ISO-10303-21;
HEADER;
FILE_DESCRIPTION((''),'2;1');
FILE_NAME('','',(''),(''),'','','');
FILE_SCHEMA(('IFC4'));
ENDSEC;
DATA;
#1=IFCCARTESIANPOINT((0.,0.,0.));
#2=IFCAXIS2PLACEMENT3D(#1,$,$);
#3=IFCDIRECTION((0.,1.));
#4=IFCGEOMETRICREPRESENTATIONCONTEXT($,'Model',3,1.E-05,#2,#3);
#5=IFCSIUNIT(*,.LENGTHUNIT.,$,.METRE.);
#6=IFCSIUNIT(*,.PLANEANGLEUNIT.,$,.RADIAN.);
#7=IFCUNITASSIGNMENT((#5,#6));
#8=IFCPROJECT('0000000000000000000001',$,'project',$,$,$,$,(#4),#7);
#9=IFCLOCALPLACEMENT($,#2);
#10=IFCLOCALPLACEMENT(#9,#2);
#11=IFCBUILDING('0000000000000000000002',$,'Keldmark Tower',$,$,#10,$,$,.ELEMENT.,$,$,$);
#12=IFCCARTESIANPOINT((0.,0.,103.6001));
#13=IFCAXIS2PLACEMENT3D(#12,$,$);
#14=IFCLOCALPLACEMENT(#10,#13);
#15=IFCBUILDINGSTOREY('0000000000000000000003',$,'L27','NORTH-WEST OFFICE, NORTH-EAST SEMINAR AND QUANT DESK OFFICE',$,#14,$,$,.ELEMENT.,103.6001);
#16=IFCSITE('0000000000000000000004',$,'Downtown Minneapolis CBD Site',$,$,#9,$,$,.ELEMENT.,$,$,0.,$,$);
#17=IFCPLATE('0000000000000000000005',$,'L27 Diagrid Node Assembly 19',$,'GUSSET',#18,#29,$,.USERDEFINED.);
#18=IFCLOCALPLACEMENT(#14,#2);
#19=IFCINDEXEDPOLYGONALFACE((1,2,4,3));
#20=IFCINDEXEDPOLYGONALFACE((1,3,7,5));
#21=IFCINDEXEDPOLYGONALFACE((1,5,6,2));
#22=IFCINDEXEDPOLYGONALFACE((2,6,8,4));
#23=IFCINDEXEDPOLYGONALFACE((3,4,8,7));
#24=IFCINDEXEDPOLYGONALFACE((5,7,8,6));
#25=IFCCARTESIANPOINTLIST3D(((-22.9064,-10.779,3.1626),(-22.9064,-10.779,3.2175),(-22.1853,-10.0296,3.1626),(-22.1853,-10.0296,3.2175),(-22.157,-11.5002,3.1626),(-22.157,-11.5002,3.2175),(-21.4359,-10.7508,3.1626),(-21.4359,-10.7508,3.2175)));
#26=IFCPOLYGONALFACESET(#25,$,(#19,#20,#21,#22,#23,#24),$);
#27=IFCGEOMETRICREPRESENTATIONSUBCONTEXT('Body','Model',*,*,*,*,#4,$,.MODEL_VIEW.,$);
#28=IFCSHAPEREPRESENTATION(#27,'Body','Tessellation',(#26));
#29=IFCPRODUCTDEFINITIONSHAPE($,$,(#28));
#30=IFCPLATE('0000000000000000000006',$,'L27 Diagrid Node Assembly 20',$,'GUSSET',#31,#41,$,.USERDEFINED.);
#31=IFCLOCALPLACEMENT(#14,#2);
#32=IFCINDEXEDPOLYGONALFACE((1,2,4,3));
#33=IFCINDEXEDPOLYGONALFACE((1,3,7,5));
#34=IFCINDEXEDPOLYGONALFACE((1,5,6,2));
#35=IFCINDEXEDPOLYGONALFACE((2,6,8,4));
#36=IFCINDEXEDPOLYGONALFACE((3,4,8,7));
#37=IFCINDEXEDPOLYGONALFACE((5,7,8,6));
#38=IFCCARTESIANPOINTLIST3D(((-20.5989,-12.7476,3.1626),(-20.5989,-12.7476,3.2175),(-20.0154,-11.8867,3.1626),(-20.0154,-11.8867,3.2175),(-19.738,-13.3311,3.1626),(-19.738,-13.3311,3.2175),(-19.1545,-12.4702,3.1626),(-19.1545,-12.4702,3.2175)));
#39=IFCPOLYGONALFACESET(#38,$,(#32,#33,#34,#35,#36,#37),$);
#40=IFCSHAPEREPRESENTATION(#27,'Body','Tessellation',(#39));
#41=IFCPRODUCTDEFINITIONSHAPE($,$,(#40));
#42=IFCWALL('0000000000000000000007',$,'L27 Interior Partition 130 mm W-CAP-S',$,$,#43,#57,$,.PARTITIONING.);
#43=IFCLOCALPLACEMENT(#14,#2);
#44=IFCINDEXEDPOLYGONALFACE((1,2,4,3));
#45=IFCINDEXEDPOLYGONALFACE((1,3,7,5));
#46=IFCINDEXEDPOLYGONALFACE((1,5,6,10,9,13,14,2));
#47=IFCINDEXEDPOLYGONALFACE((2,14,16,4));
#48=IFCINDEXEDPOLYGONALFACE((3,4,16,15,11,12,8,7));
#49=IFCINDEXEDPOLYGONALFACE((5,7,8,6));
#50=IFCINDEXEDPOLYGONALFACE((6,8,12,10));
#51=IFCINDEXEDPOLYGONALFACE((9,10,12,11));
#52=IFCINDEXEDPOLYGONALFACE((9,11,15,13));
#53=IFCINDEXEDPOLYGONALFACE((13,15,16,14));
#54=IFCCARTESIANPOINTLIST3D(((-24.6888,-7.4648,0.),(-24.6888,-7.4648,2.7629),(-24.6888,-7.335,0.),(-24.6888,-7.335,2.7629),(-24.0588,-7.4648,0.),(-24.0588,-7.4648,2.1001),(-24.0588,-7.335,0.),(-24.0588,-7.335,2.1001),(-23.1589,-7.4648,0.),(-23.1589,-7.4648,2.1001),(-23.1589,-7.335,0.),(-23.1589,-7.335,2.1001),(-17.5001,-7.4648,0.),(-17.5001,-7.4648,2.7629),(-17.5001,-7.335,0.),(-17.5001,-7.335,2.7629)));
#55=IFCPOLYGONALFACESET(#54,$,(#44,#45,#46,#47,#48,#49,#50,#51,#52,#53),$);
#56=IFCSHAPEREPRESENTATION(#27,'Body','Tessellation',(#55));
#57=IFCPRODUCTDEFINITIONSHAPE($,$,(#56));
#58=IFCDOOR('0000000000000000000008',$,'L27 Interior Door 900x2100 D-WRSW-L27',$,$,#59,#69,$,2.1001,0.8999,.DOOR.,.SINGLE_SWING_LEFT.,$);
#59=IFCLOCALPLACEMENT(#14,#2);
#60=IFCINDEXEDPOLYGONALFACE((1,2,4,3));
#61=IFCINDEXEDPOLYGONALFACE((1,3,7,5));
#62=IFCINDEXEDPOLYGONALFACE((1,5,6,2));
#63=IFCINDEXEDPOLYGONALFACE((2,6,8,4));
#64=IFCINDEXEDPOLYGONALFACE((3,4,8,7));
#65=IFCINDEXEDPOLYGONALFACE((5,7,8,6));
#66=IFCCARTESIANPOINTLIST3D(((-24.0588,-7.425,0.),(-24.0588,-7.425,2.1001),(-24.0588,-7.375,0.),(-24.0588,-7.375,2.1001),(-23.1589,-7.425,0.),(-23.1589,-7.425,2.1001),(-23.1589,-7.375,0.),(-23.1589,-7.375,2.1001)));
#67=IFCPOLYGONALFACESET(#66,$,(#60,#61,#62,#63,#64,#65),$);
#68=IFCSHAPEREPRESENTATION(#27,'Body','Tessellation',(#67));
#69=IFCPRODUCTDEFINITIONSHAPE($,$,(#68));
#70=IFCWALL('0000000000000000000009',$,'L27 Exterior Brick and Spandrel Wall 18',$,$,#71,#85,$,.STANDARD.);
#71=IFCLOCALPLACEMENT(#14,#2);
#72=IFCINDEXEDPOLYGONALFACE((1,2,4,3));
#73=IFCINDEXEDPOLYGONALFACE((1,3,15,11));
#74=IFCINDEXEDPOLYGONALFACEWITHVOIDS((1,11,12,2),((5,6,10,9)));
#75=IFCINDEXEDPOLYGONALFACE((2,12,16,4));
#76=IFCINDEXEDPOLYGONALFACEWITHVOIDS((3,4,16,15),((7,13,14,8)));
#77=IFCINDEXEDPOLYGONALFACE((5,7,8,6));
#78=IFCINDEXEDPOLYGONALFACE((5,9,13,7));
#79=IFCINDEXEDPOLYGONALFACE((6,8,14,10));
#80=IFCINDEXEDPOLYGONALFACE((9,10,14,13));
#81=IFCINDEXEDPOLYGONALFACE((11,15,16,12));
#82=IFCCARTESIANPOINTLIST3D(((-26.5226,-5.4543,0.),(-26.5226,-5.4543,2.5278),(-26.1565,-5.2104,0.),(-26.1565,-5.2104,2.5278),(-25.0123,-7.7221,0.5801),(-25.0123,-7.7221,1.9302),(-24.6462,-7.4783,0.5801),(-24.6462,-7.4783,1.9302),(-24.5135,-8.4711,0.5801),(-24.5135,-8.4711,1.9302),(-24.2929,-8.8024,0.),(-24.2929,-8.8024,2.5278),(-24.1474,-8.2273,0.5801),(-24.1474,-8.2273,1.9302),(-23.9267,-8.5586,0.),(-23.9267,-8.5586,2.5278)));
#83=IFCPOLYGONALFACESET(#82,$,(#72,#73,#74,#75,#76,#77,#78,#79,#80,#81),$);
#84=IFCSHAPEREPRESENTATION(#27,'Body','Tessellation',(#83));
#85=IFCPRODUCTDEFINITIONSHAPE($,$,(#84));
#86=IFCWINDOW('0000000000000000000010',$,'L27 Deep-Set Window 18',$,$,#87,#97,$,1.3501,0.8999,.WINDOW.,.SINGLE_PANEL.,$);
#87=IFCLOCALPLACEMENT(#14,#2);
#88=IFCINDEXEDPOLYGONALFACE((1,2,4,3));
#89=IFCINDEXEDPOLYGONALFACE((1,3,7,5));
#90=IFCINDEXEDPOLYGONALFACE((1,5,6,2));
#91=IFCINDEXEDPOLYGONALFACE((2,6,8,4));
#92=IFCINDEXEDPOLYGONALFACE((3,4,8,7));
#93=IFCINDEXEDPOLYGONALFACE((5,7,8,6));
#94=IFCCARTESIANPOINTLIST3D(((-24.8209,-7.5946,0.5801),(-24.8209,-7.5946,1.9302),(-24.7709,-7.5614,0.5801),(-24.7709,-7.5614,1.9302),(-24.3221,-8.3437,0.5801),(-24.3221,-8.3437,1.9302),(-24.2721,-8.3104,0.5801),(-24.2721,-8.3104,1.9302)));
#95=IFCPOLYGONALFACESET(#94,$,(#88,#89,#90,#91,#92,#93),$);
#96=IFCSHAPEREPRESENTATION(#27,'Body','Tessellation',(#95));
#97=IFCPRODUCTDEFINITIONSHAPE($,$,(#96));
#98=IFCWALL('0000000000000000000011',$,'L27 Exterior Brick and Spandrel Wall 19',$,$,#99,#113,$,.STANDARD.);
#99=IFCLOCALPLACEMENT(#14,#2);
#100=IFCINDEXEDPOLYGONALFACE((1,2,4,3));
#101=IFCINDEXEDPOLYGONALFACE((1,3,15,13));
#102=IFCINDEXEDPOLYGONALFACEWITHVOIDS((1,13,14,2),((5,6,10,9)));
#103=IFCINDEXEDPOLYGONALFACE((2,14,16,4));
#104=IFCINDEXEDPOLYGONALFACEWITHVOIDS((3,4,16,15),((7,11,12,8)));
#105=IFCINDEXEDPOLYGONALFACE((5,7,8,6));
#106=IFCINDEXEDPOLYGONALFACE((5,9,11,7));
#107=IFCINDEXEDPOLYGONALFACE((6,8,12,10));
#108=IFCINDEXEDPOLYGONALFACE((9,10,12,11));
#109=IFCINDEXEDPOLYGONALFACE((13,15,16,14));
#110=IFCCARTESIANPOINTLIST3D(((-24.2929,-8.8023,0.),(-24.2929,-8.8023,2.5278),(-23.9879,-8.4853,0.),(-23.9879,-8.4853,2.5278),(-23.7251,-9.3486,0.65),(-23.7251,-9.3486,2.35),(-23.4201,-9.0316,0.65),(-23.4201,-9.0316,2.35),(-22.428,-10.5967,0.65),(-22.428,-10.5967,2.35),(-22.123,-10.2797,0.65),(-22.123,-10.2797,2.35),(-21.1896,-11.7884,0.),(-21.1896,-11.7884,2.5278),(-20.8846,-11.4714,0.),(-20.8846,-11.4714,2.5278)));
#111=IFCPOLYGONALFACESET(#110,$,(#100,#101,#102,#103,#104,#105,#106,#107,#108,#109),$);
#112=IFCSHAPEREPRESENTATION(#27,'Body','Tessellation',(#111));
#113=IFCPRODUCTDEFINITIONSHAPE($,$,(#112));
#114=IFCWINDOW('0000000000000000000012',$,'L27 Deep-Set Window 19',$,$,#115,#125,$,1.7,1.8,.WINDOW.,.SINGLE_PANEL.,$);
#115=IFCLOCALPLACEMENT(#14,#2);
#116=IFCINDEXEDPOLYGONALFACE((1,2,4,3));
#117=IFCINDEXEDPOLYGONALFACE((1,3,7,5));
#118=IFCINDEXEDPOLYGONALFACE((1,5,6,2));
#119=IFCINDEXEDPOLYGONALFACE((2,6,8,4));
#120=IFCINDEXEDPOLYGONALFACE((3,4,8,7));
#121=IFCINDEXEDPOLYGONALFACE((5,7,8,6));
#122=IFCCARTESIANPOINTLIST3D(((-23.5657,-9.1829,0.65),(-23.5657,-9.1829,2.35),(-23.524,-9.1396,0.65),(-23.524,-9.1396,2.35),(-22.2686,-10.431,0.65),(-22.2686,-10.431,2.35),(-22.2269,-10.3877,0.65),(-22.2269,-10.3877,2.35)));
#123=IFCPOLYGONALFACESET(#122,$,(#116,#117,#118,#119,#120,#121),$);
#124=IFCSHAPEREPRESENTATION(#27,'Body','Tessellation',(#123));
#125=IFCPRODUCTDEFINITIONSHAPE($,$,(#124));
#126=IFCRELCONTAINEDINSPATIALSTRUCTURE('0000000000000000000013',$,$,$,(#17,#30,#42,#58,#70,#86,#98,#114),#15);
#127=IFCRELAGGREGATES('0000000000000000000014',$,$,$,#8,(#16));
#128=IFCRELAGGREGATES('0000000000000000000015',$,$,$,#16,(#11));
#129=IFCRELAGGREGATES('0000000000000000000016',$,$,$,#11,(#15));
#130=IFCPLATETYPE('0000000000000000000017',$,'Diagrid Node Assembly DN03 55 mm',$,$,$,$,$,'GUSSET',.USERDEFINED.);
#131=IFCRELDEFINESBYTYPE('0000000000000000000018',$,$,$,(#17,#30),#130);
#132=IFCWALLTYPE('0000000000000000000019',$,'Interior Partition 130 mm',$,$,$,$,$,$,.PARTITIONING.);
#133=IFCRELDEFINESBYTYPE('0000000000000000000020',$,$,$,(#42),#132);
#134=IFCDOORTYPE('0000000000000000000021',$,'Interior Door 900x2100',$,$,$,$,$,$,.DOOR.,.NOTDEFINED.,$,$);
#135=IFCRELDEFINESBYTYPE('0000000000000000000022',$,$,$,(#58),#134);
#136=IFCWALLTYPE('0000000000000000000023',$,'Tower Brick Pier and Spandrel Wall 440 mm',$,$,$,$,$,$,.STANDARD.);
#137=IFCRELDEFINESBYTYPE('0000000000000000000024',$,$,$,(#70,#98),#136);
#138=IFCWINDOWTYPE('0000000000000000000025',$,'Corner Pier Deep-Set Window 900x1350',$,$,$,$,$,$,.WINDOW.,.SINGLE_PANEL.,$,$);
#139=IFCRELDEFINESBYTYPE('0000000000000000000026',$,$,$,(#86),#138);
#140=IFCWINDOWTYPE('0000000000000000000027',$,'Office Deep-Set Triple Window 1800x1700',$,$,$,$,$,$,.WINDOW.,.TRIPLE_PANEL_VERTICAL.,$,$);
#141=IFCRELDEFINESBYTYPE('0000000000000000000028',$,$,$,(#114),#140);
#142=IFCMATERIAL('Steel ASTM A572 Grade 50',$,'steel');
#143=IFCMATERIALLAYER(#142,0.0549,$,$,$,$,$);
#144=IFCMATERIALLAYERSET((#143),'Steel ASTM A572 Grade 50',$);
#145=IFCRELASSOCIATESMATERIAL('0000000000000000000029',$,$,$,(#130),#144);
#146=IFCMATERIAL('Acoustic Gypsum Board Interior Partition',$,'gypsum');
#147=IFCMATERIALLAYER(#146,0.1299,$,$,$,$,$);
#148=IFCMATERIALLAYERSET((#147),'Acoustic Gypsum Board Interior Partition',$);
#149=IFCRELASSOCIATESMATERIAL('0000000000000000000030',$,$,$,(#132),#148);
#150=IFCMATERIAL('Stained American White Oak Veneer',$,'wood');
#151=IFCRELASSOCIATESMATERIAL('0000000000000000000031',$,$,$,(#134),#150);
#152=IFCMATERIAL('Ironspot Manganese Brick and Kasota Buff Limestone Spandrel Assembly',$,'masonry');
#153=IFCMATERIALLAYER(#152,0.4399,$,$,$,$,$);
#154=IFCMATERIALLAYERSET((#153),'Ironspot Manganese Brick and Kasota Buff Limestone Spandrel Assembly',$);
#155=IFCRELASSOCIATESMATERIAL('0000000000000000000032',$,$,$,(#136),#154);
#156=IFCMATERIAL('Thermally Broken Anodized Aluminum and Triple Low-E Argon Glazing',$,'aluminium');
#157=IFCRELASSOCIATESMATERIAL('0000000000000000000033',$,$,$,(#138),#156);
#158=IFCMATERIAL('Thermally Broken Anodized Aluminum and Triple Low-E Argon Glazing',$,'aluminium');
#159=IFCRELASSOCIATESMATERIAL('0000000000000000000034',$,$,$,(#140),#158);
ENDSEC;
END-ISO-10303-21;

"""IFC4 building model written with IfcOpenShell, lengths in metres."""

from ifc_helpers import new_model, si_unit, direction, frame, frame_2d, origin, origin_2d, place, context, subcontext, project, spatial, rectangle, extrude, material, layer, layer_set, type_object, element, fill, save


model = new_model("IFC4")

# Units and contexts
model_context = context("Model", 3, precision=1e-05, world=origin(), true_north=direction((0.0, 1.0)))
body_context = subcontext(model_context, "Body", "Model", "MODEL_VIEW")
ifc_project = project(units=[si_unit("LENGTHUNIT", "METRE"), si_unit("PLANEANGLEUNIT", "RADIAN")], contexts=[model_context])

# Site, building, storey
site_placement = place(None, origin())
site = spatial("IfcSite", under=ifc_project, at=site_placement, Name="Downtown Minneapolis CBD Site", CompositionType="ELEMENT", RefElevation=0.0)
building_placement = place(site_placement, origin())
building = spatial("IfcBuilding", under=site, at=building_placement, Name="Keldmark Tower", CompositionType="ELEMENT")
storey_placement = place(building_placement, frame((0.0, 0.0, 103.6001)))
storey = spatial("IfcBuildingStorey", under=building, at=storey_placement, Name="L27", Description="NORTH-WEST OFFICE, NORTH-EAST SEMINAR AND QUANT DESK OFFICE", CompositionType="ELEMENT", Elevation=103.6001)

# Plates
ifc_material_1 = material(Name="Steel ASTM A572 Grade 50", Category="steel")
ifc_layer_1 = layer(ifc_material_1, 0.0549)
ifc_layer_set_1 = layer_set([ifc_layer_1], Name="Steel ASTM A572 Grade 50")
plate_type = type_object("IfcPlateType", Name="Diagrid Node Assembly DN03 55 mm", ElementType="GUSSET", PredefinedType="USERDEFINED", material=ifc_layer_set_1)
for number, where, z_axis, x_axis, name in (
    (1, (-22.1711, -10.7649, 3.1626), (0.0, 0.0, 1.0), (0.720551, -0.693402, 0.0), "L27 Diagrid Node Assembly 19"),
    (2, (-19.8767, -12.6089, 3.1626), (0.0, 0.0, 1.0), (0.827767, -0.561072, 0.0), "L27 Diagrid Node Assembly 20"),
):
    element("IfcPlate", number, at=place(storey_placement, frame(where, z_axis=z_axis, x_axis=x_axis)), inside=storey, type_object=plate_type, Name=name, ObjectType="GUSSET", PredefinedType="USERDEFINED", context=body_context, shape_type="SweptSolid", body=[
        extrude(rectangle(XDim=1.04, YDim=1.04, at=origin_2d()), origin(), (0.0, 0.0, 1.0), 0.0549),
    ])

# Wall, opening, door
ifc_material_2 = material(Name="Acoustic Gypsum Board Interior Partition", Category="gypsum")
ifc_layer_2 = layer(ifc_material_2, 0.1299)
ifc_layer_set_2 = layer_set([ifc_layer_2], Name="Acoustic Gypsum Board Interior Partition")
wall_type_1 = type_object("IfcWallType", Name="Interior Partition 130 mm", PredefinedType="PARTITIONING", material=ifc_layer_set_2)
wall_1_placement = place(storey_placement, frame((-24.6887, -7.3999, 0.0), z_axis=(0.0, 0.0, 1.0), x_axis=(1.0, 0.0, 0.0)))
wall_1 = element("IfcWall", 3, at=wall_1_placement, inside=storey, type_object=wall_type_1, Name="L27 Interior Partition 130 mm W-CAP-S", PredefinedType="PARTITIONING", context=body_context, shape_type="SweptSolid", body=[
    extrude(rectangle(XDim=7.1887, YDim=0.1299, at=frame_2d((3.5942, 0.0))), origin(), (0.0, 0.0, 1.0), 2.7629),
])
opening_1_placement = place(wall_1_placement, frame((0.6299, 0.0, 0.0)))
opening_1 = element("IfcOpeningElement", 4, at=opening_1_placement, cuts=wall_1, PredefinedType="OPENING", context=body_context, shape_type="SweptSolid", body=[
    extrude(rectangle(XDim=0.8999, YDim=2.1001, at=frame_2d((0.45, 1.05))), frame((0.0, 0.075, 0.0), z_axis=(0.0, -1.0, 0.0), x_axis=(1.0, 0.0, 0.0)), (0.0, 0.0, 1.0), 0.1499),
])
ifc_material_3 = material(Name="Stained American White Oak Veneer", Category="wood")
door_type = type_object("IfcDoorType", Name="Interior Door 900x2100", OperationType="NOTDEFINED", PredefinedType="DOOR", material=ifc_material_3)
door_placement = place(opening_1_placement, origin())
door = element("IfcDoor", 5, at=door_placement, inside=storey, type_object=door_type, Name="L27 Interior Door 900x2100 D-WRSW-L27", OperationType="SINGLE_SWING_LEFT", OverallHeight=2.1001, OverallWidth=0.8999, PredefinedType="DOOR", context=body_context, shape_type="SweptSolid", body=[
    extrude(rectangle(XDim=0.8999, YDim=2.1001, at=frame_2d((0.45, 1.05))), frame((0.0, 0.0249, 0.0), z_axis=(0.0, -1.0, 0.0), x_axis=(1.0, 0.0, 0.0)), (0.0, 0.0, 1.0), 0.05),
])
fill(opening_1, door)

# Walls, openings, windows
ifc_material_4 = material(Name="Ironspot Manganese Brick and Kasota Buff Limestone Spandrel Assembly", Category="masonry")
ifc_layer_3 = layer(ifc_material_4, 0.4399)
ifc_layer_set_3 = layer_set([ifc_layer_3], Name="Ironspot Manganese Brick and Kasota Buff Limestone Spandrel Assembly")
wall_type_2 = type_object("IfcWallType", Name="Tower Brick Pier and Spandrel Wall 440 mm", PredefinedType="STANDARD", material=ifc_layer_set_3)
wall_2_placement = place(storey_placement, frame((-24.1099, -8.6804, 0.0), z_axis=(0.0, 0.0, 1.0), x_axis=(-0.554294, 0.832321, 0.0)))
wall_2 = element("IfcWall", 6, at=wall_2_placement, inside=storey, type_object=wall_type_2, Name="L27 Exterior Brick and Spandrel Wall 18", PredefinedType="STANDARD", context=body_context, shape_type="SweptSolid", body=[
    extrude(rectangle(XDim=4.0227, YDim=0.4399, at=frame_2d((2.0112, 0.0))), origin(), (0.0, 0.0, 1.0), 2.5278),
])
opening_2_placement = place(wall_2_placement, frame((0.3979, 0.0, 0.5801)))
opening_2 = element("IfcOpeningElement", 7, at=opening_2_placement, cuts=wall_2, PredefinedType="OPENING", context=body_context, shape_type="SweptSolid", body=[
    extrude(rectangle(XDim=0.8999, YDim=1.3501, at=frame_2d((0.45, 0.675))), frame((0.0, 0.23, 0.0), z_axis=(0.0, -1.0, 0.0), x_axis=(1.0, 0.0, 0.0)), (0.0, 0.0, 1.0), 0.46),
])
ifc_material_5 = material(Name="Thermally Broken Anodized Aluminum and Triple Low-E Argon Glazing", Category="aluminium")
window_type_1 = type_object("IfcWindowType", Name="Corner Pier Deep-Set Window 900x1350", PartitioningType="SINGLE_PANEL", PredefinedType="WINDOW", material=ifc_material_5)
window_1_placement = place(opening_2_placement, origin())
window_1 = element("IfcWindow", 8, at=window_1_placement, inside=storey, type_object=window_type_1, Name="L27 Deep-Set Window 18", OverallHeight=1.3501, OverallWidth=0.8999, PartitioningType="SINGLE_PANEL", PredefinedType="WINDOW", context=body_context, shape_type="SweptSolid", body=[
    extrude(rectangle(XDim=0.8999, YDim=1.3501, at=frame_2d((0.45, 0.675))), frame((0.0, -0.01, 0.0), z_axis=(0.0, -1.0, 0.0), x_axis=(1.0, 0.0, 0.0)), (0.0, 0.0, 1.0), 0.0601),
])
fill(opening_2, window_1)
wall_3_placement = place(storey_placement, frame((-21.0371, -11.6299, 0.0), z_axis=(0.0, 0.0, 1.0), x_axis=(-0.720581, 0.69337, 0.0)))
wall_3 = element("IfcWall", 9, at=wall_3_placement, inside=storey, type_object=wall_type_2, Name="L27 Exterior Brick and Spandrel Wall 19", PredefinedType="STANDARD", context=body_context, shape_type="SweptSolid", body=[
    extrude(rectangle(XDim=4.3066, YDim=0.4399, at=frame_2d((2.1533, 0.0))), origin(), (0.0, 0.0, 1.0), 2.5278),
])
opening_3_placement = place(wall_3_placement, frame((1.7188, 0.0, 0.6499)))
opening_3 = element("IfcOpeningElement", 10, at=opening_3_placement, cuts=wall_3, PredefinedType="OPENING", context=body_context, shape_type="SweptSolid", body=[
    extrude(rectangle(XDim=1.8, YDim=1.7, at=frame_2d((0.8999, 0.8501))), frame((0.0, 0.23, 0.0), z_axis=(0.0, -1.0, 0.0), x_axis=(1.0, 0.0, 0.0)), (0.0, 0.0, 1.0), 0.46),
])
ifc_material_6 = material(Name="Thermally Broken Anodized Aluminum and Triple Low-E Argon Glazing", Category="aluminium")
window_type_2 = type_object("IfcWindowType", Name="Office Deep-Set Triple Window 1800x1700", PartitioningType="TRIPLE_PANEL_VERTICAL", PredefinedType="WINDOW", material=ifc_material_6)
window_2_placement = place(opening_3_placement, origin())
window_2 = element("IfcWindow", 11, at=window_2_placement, inside=storey, type_object=window_type_2, Name="L27 Deep-Set Window 19", OverallHeight=1.7, OverallWidth=1.8, PartitioningType="SINGLE_PANEL", PredefinedType="WINDOW", context=body_context, shape_type="SweptSolid", body=[
    extrude(rectangle(XDim=1.8, YDim=1.7, at=frame_2d((0.8999, 0.8501))), frame((0.0, -0.01, 0.0), z_axis=(0.0, -1.0, 0.0), x_axis=(1.0, 0.0, 0.0)), (0.0, 0.0, 1.0), 0.0601),
])
fill(opening_3, window_2)

save(model, "model.ifc")
